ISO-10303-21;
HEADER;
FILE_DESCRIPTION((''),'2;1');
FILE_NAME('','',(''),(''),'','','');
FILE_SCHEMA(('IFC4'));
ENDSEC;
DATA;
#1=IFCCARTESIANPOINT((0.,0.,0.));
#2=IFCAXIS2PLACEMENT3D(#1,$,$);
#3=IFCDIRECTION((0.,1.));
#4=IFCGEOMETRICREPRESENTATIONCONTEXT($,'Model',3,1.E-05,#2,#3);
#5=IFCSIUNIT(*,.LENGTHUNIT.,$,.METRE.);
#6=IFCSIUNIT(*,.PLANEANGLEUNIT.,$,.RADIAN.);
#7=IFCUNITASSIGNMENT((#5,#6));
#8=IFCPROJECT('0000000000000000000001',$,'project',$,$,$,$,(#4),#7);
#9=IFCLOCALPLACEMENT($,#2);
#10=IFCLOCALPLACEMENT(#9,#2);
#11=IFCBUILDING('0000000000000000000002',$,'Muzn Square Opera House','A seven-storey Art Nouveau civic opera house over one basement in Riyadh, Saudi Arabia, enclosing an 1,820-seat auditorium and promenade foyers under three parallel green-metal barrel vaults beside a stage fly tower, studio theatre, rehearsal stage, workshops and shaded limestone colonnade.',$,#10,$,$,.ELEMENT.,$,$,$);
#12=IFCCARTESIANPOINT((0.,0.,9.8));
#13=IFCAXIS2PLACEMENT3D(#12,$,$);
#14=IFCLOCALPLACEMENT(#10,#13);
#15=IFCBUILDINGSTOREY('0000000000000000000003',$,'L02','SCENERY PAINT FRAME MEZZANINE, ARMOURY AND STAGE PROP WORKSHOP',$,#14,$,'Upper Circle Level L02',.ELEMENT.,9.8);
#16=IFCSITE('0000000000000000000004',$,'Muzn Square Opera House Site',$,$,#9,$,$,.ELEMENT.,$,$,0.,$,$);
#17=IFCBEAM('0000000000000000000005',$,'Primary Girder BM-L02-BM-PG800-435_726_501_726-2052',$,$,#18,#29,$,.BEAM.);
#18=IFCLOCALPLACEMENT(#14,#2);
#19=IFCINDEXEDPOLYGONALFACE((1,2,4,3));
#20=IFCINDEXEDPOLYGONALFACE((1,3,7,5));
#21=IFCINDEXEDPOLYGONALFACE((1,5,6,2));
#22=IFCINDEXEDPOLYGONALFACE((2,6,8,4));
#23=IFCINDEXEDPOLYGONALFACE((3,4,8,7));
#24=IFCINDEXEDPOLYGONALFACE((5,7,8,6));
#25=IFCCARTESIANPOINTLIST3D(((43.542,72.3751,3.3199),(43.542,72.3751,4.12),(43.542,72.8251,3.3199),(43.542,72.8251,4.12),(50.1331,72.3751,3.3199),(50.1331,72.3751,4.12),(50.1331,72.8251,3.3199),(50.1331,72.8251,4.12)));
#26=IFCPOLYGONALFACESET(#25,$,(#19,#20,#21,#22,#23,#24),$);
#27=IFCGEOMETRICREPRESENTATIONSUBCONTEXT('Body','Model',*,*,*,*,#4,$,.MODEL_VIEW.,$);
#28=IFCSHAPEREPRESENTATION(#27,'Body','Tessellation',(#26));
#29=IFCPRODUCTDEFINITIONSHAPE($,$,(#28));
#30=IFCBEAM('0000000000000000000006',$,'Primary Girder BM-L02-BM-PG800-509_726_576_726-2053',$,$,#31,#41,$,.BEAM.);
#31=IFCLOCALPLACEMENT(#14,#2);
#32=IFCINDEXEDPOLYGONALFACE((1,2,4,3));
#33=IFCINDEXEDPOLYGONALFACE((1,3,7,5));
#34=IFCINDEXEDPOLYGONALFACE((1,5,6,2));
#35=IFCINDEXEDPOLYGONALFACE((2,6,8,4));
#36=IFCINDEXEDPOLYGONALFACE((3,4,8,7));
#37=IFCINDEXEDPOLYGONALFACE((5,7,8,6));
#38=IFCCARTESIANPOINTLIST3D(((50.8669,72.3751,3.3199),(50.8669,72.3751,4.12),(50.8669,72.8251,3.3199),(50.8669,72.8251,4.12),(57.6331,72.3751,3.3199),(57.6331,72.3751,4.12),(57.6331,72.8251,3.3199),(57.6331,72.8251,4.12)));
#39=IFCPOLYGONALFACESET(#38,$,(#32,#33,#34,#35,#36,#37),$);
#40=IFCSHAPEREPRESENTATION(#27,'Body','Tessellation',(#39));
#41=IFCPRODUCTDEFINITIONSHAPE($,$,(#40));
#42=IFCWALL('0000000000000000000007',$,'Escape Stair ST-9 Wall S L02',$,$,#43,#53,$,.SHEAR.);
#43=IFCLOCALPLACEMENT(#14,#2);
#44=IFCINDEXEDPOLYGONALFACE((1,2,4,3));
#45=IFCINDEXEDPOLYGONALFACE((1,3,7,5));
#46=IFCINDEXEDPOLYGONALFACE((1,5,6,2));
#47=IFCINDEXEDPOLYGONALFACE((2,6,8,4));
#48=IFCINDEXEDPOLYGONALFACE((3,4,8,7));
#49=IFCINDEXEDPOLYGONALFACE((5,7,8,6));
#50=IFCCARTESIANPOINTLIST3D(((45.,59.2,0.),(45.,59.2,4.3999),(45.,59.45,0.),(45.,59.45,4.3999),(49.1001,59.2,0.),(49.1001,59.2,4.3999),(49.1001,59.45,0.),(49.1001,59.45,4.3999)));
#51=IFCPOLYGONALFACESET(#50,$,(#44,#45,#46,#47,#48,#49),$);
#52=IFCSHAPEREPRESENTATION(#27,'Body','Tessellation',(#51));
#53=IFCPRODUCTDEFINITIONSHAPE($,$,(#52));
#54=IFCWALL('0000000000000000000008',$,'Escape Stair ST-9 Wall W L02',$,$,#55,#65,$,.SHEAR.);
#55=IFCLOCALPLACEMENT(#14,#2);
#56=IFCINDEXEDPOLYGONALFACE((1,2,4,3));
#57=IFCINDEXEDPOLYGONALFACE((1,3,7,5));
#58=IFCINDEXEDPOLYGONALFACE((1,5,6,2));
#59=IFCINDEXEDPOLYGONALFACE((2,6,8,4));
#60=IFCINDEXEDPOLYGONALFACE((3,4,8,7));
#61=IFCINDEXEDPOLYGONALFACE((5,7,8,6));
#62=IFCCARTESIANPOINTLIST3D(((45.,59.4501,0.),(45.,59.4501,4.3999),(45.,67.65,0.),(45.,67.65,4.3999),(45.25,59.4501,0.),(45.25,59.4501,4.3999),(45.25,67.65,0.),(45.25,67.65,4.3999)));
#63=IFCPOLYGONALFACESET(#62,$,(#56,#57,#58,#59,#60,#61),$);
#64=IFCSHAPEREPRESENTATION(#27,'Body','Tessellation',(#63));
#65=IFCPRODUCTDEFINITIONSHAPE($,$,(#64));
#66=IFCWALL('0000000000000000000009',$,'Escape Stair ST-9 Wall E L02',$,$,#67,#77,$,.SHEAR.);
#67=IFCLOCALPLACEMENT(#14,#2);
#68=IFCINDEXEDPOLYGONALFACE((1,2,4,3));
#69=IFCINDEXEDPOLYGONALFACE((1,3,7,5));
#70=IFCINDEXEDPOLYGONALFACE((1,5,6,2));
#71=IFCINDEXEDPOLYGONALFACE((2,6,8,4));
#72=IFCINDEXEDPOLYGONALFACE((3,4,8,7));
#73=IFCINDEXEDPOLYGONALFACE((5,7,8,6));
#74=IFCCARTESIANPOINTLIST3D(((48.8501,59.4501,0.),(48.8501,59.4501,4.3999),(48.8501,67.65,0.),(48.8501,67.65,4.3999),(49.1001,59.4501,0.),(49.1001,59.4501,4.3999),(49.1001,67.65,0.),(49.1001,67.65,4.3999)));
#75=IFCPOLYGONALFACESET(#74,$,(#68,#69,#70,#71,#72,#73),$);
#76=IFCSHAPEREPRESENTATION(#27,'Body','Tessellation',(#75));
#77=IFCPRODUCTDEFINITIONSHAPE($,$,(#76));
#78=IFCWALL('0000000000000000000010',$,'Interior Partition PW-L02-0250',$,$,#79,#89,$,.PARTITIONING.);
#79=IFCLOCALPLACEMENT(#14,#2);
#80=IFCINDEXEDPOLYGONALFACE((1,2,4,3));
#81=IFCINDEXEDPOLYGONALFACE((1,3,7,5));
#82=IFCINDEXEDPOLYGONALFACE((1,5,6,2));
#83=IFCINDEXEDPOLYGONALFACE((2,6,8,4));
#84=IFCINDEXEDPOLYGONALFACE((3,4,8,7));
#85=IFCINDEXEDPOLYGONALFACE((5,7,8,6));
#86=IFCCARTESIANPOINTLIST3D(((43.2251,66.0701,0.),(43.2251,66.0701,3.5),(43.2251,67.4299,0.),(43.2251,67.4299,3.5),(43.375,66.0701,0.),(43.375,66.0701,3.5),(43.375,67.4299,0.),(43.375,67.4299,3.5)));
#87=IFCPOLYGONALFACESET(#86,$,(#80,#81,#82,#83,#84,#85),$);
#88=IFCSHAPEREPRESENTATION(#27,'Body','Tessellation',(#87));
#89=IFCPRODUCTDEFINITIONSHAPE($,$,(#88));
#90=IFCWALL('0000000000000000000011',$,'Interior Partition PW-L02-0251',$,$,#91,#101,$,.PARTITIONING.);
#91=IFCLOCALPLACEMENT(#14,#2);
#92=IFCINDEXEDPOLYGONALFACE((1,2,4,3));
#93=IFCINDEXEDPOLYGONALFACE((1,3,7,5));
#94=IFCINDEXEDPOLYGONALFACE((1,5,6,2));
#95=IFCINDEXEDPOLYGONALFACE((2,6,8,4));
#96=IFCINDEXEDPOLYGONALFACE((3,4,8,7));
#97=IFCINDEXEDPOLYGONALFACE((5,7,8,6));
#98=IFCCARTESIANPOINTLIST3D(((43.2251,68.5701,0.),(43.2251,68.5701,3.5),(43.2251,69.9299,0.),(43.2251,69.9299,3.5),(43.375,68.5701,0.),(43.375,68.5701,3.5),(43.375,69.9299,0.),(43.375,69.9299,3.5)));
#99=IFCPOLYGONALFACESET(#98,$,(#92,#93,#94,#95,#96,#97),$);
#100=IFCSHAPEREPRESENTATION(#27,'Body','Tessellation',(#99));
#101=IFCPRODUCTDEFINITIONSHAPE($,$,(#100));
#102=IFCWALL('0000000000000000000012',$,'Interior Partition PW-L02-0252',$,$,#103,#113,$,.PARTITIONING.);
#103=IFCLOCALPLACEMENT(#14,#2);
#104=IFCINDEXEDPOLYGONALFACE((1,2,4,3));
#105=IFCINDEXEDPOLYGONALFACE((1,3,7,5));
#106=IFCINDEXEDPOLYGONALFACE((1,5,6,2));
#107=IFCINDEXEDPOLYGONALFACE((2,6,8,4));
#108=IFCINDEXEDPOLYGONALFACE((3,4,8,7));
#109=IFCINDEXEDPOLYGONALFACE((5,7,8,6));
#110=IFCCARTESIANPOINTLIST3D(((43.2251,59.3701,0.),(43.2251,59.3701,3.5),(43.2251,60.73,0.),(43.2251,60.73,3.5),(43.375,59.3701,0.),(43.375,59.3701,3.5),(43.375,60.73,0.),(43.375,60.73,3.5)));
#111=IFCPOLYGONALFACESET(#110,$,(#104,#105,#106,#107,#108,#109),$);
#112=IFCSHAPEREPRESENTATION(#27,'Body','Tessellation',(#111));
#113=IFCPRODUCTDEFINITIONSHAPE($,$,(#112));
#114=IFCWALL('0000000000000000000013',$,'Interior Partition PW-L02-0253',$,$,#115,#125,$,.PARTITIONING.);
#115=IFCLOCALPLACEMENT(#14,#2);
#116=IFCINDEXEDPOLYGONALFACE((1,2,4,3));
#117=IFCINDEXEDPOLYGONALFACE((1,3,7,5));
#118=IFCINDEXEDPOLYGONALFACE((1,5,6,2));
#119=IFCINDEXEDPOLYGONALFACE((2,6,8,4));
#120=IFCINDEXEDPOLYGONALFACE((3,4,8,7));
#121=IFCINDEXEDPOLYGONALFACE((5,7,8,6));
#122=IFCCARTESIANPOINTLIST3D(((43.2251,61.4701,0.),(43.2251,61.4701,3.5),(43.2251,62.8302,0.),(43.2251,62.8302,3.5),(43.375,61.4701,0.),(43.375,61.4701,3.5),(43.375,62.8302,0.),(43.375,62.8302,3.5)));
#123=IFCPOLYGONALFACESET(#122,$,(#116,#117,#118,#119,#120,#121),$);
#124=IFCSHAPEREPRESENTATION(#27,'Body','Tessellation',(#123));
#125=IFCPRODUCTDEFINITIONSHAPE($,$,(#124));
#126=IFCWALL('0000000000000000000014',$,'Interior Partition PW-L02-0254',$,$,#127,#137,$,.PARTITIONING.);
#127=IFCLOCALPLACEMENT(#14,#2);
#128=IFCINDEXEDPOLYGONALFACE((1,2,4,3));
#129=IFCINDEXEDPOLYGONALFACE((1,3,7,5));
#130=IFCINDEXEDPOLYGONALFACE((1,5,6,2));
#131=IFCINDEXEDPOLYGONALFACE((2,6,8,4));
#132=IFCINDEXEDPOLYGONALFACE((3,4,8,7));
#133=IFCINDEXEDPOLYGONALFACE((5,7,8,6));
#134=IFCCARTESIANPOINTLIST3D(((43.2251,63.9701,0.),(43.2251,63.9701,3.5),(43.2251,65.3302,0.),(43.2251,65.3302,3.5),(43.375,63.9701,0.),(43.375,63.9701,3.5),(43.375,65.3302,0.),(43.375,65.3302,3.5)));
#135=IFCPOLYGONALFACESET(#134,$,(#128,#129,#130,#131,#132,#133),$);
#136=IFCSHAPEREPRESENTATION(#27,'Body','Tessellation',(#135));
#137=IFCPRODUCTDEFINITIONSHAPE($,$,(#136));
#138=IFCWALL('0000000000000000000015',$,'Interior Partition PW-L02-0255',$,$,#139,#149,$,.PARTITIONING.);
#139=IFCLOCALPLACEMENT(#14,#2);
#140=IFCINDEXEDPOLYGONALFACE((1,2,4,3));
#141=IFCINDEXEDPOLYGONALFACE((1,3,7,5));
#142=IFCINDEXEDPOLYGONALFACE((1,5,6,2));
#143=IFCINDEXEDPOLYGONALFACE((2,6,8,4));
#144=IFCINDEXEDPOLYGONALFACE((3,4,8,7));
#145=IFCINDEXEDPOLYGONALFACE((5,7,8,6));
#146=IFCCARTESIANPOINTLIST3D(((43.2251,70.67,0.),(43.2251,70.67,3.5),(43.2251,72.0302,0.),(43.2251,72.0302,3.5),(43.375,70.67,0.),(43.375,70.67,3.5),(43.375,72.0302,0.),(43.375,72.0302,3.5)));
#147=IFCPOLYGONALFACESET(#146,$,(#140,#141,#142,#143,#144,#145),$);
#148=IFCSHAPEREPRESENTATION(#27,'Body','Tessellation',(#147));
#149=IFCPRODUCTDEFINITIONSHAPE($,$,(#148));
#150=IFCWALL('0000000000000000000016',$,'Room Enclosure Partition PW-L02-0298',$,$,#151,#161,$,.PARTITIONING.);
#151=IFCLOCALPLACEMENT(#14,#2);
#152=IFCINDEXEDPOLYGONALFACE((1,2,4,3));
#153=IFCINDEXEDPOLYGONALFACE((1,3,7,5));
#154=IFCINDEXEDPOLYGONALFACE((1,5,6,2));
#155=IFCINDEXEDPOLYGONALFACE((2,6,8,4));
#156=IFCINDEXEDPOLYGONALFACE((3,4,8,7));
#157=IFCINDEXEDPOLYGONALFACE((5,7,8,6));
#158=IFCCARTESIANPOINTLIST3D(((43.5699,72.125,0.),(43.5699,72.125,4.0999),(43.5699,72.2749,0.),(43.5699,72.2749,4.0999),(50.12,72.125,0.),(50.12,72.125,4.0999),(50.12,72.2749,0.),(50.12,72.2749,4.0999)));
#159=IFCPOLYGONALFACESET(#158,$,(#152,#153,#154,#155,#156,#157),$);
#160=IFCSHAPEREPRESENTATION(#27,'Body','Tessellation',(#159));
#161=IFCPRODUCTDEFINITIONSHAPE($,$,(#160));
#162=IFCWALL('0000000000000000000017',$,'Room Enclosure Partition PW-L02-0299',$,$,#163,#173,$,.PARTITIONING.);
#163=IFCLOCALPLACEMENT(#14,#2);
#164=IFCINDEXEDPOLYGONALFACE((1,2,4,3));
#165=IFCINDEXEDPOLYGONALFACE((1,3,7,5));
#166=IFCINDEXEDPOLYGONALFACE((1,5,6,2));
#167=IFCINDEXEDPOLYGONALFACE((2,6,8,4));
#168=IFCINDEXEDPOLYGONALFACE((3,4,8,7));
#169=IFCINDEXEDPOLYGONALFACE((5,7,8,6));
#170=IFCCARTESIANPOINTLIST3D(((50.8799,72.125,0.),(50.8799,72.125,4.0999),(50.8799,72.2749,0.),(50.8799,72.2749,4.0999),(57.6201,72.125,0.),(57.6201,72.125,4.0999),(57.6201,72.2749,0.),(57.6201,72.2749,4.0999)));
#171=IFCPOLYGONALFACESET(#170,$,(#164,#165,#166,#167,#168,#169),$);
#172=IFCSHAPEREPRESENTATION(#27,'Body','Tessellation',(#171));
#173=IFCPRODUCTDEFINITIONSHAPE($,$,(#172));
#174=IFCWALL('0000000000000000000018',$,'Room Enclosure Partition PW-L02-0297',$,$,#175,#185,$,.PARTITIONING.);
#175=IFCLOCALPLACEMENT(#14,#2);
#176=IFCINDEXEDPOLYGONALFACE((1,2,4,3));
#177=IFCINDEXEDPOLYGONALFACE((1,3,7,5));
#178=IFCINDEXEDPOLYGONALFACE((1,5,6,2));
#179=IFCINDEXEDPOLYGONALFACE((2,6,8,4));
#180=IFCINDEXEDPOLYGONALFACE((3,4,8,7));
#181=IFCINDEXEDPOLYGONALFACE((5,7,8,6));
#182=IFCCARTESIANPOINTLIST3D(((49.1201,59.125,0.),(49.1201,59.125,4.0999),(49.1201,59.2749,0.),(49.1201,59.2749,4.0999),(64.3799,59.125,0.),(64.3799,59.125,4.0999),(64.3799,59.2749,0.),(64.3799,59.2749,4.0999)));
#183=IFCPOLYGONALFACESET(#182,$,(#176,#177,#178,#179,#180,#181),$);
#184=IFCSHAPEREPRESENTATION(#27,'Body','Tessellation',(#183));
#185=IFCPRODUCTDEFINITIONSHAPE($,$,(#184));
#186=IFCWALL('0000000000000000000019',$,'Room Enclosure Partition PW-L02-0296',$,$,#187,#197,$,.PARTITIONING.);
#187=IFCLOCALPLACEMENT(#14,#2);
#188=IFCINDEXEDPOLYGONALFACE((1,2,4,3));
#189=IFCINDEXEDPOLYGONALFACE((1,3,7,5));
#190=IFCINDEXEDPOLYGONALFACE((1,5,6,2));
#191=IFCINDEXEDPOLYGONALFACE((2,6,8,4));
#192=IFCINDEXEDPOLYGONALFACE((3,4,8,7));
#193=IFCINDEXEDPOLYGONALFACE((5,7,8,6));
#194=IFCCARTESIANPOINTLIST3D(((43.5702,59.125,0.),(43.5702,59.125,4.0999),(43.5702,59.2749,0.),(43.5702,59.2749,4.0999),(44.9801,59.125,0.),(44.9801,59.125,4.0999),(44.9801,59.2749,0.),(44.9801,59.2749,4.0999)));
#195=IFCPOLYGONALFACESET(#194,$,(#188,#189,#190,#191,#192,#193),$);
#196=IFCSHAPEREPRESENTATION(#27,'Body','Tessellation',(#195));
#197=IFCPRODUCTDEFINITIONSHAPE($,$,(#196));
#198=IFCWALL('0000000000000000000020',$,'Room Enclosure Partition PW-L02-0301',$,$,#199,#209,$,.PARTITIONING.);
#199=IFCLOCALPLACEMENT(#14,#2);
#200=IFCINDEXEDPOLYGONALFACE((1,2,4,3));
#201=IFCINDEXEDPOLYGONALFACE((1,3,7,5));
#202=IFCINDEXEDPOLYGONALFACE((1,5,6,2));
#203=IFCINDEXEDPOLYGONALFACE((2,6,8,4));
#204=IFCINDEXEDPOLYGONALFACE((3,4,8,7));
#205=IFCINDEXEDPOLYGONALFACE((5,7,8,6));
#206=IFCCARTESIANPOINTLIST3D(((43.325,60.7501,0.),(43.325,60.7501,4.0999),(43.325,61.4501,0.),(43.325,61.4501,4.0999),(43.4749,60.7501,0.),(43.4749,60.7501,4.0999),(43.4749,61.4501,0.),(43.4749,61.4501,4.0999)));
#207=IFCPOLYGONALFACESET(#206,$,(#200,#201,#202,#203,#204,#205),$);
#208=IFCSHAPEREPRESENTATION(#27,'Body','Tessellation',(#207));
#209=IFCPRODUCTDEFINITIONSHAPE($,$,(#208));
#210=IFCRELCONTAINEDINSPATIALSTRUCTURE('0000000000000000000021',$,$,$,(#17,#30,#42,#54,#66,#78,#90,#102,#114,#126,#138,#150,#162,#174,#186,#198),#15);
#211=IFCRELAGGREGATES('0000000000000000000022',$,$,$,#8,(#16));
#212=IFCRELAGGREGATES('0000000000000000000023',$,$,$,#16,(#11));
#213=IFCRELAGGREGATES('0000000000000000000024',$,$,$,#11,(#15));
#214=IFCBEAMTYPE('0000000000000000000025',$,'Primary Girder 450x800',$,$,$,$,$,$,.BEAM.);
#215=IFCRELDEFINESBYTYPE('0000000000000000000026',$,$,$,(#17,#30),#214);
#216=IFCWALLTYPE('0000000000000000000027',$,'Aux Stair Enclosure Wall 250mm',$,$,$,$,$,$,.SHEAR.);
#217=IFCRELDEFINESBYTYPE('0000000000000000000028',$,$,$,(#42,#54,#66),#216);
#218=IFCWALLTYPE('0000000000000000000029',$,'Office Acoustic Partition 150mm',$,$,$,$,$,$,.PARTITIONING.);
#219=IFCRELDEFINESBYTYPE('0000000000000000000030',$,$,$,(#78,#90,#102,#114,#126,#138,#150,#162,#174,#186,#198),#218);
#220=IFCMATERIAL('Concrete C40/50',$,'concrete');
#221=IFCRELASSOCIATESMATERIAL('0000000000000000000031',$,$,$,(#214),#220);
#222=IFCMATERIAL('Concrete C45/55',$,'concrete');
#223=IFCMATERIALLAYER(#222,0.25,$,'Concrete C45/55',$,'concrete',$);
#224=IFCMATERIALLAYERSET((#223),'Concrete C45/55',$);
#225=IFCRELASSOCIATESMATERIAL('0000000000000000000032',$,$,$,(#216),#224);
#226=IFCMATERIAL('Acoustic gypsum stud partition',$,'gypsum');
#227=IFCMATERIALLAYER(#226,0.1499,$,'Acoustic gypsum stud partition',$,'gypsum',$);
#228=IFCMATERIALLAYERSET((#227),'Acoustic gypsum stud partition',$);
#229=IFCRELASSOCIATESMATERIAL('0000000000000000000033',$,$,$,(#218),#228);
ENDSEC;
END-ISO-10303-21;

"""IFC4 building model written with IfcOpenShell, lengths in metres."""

from ifc_helpers import new_model, si_unit, direction, frame, frame_2d, origin, origin_2d, place, context, subcontext, project, spatial, rectangle, extrude, material, layer, layer_set, material_profile, profile_set, type_object, element, save


model = new_model("IFC4")

# Units and contexts
model_context = context("Model", 3, precision=1e-05, world=origin(), true_north=direction((0.0, 1.0)))
body_context = subcontext(model_context, "Body", "Model", "MODEL_VIEW")
ifc_project = project(units=[si_unit("LENGTHUNIT", "METRE"), si_unit("PLANEANGLEUNIT", "RADIAN")], contexts=[model_context])

# Site, building, storey
site_placement = place(None, origin())
site = spatial("IfcSite", under=ifc_project, at=site_placement, Name="Muzn Square Opera House Site", CompositionType="ELEMENT", RefElevation=0.0)
building_placement = place(site_placement, origin())
building = spatial("IfcBuilding", under=site, at=building_placement, Name="Muzn Square Opera House", Description="A seven-storey Art Nouveau civic opera house over one basement in Riyadh, Saudi Arabia, enclosing an 1,820-seat auditorium and promenade foyers under three parallel green-metal barrel vaults beside a stage fly tower, studio theatre, rehearsal stage, workshops and shaded limestone colonnade.", CompositionType="ELEMENT")
storey_placement = place(building_placement, frame((0.0, 0.0, 9.8)))
storey = spatial("IfcBuildingStorey", under=building, at=storey_placement, Name="L02", Description="SCENERY PAINT FRAME MEZZANINE, ARMOURY AND STAGE PROP WORKSHOP", LongName="Upper Circle Level L02", CompositionType="ELEMENT", Elevation=9.8)

# Shared definitions
ifc_material_1 = material(Name="Concrete C45/55", Category="concrete")

# Beams
ifc_material_2 = material(Name="Concrete C40/50", Category="concrete")
ifc_material_profile_1 = material_profile(ifc_material_2, rectangle(XDim=0.45, YDim=0.8, at=origin_2d()), Name="RCB 450x800", Category="concrete")
ifc_profile_set_1 = profile_set([ifc_material_profile_1], Name="Concrete C40/50")
beam_type_1 = type_object("IfcBeamType", Name="Primary Girder 450x800", PredefinedType="BEAM", material=ifc_profile_set_1)
beam_1_placement = place(storey_placement, frame((43.542, 72.6001, 3.72), z_axis=(1.0, 0.0, 0.0), x_axis=(0.0, 1.0, 0.0)))
element("IfcBeam", 1, at=beam_1_placement, inside=storey, type_object=beam_type_1, Name="Primary Girder BM-L02-BM-PG800-435_726_501_726-2052", PredefinedType="BEAM", context=body_context, shape_type="SweptSolid", body=[
    extrude(rectangle(XDim=0.45, YDim=0.8, at=origin_2d()), origin(), (0.0, 0.0, 1.0), 6.5911),
])
beam_2_placement = place(storey_placement, frame((50.8669, 72.6001, 3.72), z_axis=(1.0, 0.0, 0.0), x_axis=(0.0, 1.0, 0.0)))
element("IfcBeam", 2, at=beam_2_placement, inside=storey, type_object=beam_type_1, Name="Primary Girder BM-L02-BM-PG800-509_726_576_726-2053", PredefinedType="BEAM", context=body_context, shape_type="SweptSolid", body=[
    extrude(rectangle(XDim=0.45, YDim=0.8, at=origin_2d()), origin(), (0.0, 0.0, 1.0), 6.7661),
])

# Walls
ifc_layer_1 = layer(ifc_material_1, 0.25, Name="Concrete C45/55", Category="concrete")
ifc_layer_set_1 = layer_set([ifc_layer_1], Name="Concrete C45/55")
wall_type_1 = type_object("IfcWallType", Name="Aux Stair Enclosure Wall 250mm", PredefinedType="SHEAR", material=ifc_layer_set_1)
wall_1_placement = place(storey_placement, frame((45.0, 59.325, 0.0), z_axis=(0.0, 0.0, 1.0), x_axis=(1.0, 0.0, 0.0)))
element("IfcWall", 3, at=wall_1_placement, inside=storey, type_object=wall_type_1, Name="Escape Stair ST-9 Wall S L02", PredefinedType="SHEAR", context=body_context, shape_type="SweptSolid", body=[
    extrude(rectangle(XDim=4.1001, YDim=0.25, at=frame_2d((2.05, 0.0))), origin(), (0.0, 0.0, 1.0), 4.3999),
])
for number, where, z_axis, x_axis, name in (
    (4, (45.125, 59.45, 0.0), (0.0, 0.0, 1.0), (0.0, 1.0, 0.0), "Escape Stair ST-9 Wall W L02"),
    (5, (48.9751, 59.45, 0.0), (0.0, 0.0, 1.0), (0.0, 1.0, 0.0), "Escape Stair ST-9 Wall E L02"),
):
    element("IfcWall", number, at=place(storey_placement, frame(where, z_axis=z_axis, x_axis=x_axis)), inside=storey, type_object=wall_type_1, Name=name, PredefinedType="SHEAR", context=body_context, shape_type="SweptSolid", body=[
        extrude(rectangle(XDim=8.2, YDim=0.25, at=frame_2d((4.1001, 0.0))), origin(), (0.0, 0.0, 1.0), 4.3999),
    ])

# Walls
ifc_material_3 = material(Name="Acoustic gypsum stud partition", Category="gypsum")
ifc_layer_2 = layer(ifc_material_3, 0.1499, Name="Acoustic gypsum stud partition", Category="gypsum")
ifc_layer_set_2 = layer_set([ifc_layer_2], Name="Acoustic gypsum stud partition")
wall_type_2 = type_object("IfcWallType", Name="Office Acoustic Partition 150mm", PredefinedType="PARTITIONING", material=ifc_layer_set_2)
for number, where, z_axis, x_axis, name in (
    (6, (43.3, 66.0701, 0.0), (0.0, 0.0, 1.0), (0.0, 1.0, 0.0), "Interior Partition PW-L02-0250"),
    (7, (43.3, 68.5701, 0.0), (0.0, 0.0, 1.0), (0.0, 1.0, 0.0), "Interior Partition PW-L02-0251"),
    (8, (43.3, 59.3701, 0.0), (0.0, 0.0, 1.0), (0.0, 1.0, 0.0), "Interior Partition PW-L02-0252"),
):
    element("IfcWall", number, at=place(storey_placement, frame(where, z_axis=z_axis, x_axis=x_axis)), inside=storey, type_object=wall_type_2, Name=name, PredefinedType="PARTITIONING", context=body_context, shape_type="SweptSolid", body=[
        extrude(rectangle(XDim=1.3599, YDim=0.1499, at=frame_2d((0.6799, 0.0))), origin(), (0.0, 0.0, 1.0), 3.5),
    ])
for number, where, z_axis, x_axis, name in (
    (9, (43.3, 61.47, 0.0), (0.0, 0.0, 1.0), (0.0, 1.0, 0.0), "Interior Partition PW-L02-0253"),
    (10, (43.3, 63.97, 0.0), (0.0, 0.0, 1.0), (0.0, 1.0, 0.0), "Interior Partition PW-L02-0254"),
    (11, (43.3, 70.6699, 0.0), (0.0, 0.0, 1.0), (0.0, 1.0, 0.0), "Interior Partition PW-L02-0255"),
):
    element("IfcWall", number, at=place(storey_placement, frame(where, z_axis=z_axis, x_axis=x_axis)), inside=storey, type_object=wall_type_2, Name=name, PredefinedType="PARTITIONING", context=body_context, shape_type="SweptSolid", body=[
        extrude(rectangle(XDim=1.3601, YDim=0.1499, at=frame_2d((0.6802, 0.0))), origin(), (0.0, 0.0, 1.0), 3.5),
    ])
wall_2_placement = place(storey_placement, frame((43.5701, 72.2, 0.0), z_axis=(0.0, 0.0, 1.0), x_axis=(1.0, 0.0, 0.0)))
element("IfcWall", 12, at=wall_2_placement, inside=storey, type_object=wall_type_2, Name="Room Enclosure Partition PW-L02-0298", PredefinedType="PARTITIONING", context=body_context, shape_type="SweptSolid", body=[
    extrude(rectangle(XDim=6.55, YDim=0.1499, at=frame_2d((3.2749, 0.0))), origin(), (0.0, 0.0, 1.0), 4.0999),
])
wall_3_placement = place(storey_placement, frame((50.8799, 72.2, 0.0), z_axis=(0.0, 0.0, 1.0), x_axis=(1.0, 0.0, 0.0)))
element("IfcWall", 13, at=wall_3_placement, inside=storey, type_object=wall_type_2, Name="Room Enclosure Partition PW-L02-0299", PredefinedType="PARTITIONING", context=body_context, shape_type="SweptSolid", body=[
    extrude(rectangle(XDim=6.7402, YDim=0.1499, at=frame_2d((3.3701, 0.0))), origin(), (0.0, 0.0, 1.0), 4.0999),
])
wall_4_placement = place(storey_placement, frame((49.1201, 59.2, 0.0), z_axis=(0.0, 0.0, 1.0), x_axis=(1.0, 0.0, 0.0)))
element("IfcWall", 14, at=wall_4_placement, inside=storey, type_object=wall_type_2, Name="Room Enclosure Partition PW-L02-0297", PredefinedType="PARTITIONING", context=body_context, shape_type="SweptSolid", body=[
    extrude(rectangle(XDim=15.2598, YDim=0.1499, at=frame_2d((7.6299, 0.0))), origin(), (0.0, 0.0, 1.0), 4.0999),
])
wall_5_placement = place(storey_placement, frame((43.5701, 59.2, 0.0), z_axis=(0.0, 0.0, 1.0), x_axis=(1.0, 0.0, 0.0)))
element("IfcWall", 15, at=wall_5_placement, inside=storey, type_object=wall_type_2, Name="Room Enclosure Partition PW-L02-0296", PredefinedType="PARTITIONING", context=body_context, shape_type="SweptSolid", body=[
    extrude(rectangle(XDim=1.4099, YDim=0.1499, at=frame_2d((0.7051, 0.0))), origin(), (0.0, 0.0, 1.0), 4.0999),
])
for number, where, z_axis, x_axis, name in (
    (16, (43.3999, 60.75, 0.0), (0.0, 0.0, 1.0), (0.0, 1.0, 0.0), "Room Enclosure Partition PW-L02-0301"),
):
    element("IfcWall", number, at=place(storey_placement, frame(where, z_axis=z_axis, x_axis=x_axis)), inside=storey, type_object=wall_type_2, Name=name, PredefinedType="PARTITIONING", context=body_context, shape_type="SweptSolid", body=[
        extrude(rectangle(XDim=0.7, YDim=0.1499, at=frame_2d((0.3501, 0.0))), origin(), (0.0, 0.0, 1.0), 4.0999),
    ])

save(model, "model.ifc")
